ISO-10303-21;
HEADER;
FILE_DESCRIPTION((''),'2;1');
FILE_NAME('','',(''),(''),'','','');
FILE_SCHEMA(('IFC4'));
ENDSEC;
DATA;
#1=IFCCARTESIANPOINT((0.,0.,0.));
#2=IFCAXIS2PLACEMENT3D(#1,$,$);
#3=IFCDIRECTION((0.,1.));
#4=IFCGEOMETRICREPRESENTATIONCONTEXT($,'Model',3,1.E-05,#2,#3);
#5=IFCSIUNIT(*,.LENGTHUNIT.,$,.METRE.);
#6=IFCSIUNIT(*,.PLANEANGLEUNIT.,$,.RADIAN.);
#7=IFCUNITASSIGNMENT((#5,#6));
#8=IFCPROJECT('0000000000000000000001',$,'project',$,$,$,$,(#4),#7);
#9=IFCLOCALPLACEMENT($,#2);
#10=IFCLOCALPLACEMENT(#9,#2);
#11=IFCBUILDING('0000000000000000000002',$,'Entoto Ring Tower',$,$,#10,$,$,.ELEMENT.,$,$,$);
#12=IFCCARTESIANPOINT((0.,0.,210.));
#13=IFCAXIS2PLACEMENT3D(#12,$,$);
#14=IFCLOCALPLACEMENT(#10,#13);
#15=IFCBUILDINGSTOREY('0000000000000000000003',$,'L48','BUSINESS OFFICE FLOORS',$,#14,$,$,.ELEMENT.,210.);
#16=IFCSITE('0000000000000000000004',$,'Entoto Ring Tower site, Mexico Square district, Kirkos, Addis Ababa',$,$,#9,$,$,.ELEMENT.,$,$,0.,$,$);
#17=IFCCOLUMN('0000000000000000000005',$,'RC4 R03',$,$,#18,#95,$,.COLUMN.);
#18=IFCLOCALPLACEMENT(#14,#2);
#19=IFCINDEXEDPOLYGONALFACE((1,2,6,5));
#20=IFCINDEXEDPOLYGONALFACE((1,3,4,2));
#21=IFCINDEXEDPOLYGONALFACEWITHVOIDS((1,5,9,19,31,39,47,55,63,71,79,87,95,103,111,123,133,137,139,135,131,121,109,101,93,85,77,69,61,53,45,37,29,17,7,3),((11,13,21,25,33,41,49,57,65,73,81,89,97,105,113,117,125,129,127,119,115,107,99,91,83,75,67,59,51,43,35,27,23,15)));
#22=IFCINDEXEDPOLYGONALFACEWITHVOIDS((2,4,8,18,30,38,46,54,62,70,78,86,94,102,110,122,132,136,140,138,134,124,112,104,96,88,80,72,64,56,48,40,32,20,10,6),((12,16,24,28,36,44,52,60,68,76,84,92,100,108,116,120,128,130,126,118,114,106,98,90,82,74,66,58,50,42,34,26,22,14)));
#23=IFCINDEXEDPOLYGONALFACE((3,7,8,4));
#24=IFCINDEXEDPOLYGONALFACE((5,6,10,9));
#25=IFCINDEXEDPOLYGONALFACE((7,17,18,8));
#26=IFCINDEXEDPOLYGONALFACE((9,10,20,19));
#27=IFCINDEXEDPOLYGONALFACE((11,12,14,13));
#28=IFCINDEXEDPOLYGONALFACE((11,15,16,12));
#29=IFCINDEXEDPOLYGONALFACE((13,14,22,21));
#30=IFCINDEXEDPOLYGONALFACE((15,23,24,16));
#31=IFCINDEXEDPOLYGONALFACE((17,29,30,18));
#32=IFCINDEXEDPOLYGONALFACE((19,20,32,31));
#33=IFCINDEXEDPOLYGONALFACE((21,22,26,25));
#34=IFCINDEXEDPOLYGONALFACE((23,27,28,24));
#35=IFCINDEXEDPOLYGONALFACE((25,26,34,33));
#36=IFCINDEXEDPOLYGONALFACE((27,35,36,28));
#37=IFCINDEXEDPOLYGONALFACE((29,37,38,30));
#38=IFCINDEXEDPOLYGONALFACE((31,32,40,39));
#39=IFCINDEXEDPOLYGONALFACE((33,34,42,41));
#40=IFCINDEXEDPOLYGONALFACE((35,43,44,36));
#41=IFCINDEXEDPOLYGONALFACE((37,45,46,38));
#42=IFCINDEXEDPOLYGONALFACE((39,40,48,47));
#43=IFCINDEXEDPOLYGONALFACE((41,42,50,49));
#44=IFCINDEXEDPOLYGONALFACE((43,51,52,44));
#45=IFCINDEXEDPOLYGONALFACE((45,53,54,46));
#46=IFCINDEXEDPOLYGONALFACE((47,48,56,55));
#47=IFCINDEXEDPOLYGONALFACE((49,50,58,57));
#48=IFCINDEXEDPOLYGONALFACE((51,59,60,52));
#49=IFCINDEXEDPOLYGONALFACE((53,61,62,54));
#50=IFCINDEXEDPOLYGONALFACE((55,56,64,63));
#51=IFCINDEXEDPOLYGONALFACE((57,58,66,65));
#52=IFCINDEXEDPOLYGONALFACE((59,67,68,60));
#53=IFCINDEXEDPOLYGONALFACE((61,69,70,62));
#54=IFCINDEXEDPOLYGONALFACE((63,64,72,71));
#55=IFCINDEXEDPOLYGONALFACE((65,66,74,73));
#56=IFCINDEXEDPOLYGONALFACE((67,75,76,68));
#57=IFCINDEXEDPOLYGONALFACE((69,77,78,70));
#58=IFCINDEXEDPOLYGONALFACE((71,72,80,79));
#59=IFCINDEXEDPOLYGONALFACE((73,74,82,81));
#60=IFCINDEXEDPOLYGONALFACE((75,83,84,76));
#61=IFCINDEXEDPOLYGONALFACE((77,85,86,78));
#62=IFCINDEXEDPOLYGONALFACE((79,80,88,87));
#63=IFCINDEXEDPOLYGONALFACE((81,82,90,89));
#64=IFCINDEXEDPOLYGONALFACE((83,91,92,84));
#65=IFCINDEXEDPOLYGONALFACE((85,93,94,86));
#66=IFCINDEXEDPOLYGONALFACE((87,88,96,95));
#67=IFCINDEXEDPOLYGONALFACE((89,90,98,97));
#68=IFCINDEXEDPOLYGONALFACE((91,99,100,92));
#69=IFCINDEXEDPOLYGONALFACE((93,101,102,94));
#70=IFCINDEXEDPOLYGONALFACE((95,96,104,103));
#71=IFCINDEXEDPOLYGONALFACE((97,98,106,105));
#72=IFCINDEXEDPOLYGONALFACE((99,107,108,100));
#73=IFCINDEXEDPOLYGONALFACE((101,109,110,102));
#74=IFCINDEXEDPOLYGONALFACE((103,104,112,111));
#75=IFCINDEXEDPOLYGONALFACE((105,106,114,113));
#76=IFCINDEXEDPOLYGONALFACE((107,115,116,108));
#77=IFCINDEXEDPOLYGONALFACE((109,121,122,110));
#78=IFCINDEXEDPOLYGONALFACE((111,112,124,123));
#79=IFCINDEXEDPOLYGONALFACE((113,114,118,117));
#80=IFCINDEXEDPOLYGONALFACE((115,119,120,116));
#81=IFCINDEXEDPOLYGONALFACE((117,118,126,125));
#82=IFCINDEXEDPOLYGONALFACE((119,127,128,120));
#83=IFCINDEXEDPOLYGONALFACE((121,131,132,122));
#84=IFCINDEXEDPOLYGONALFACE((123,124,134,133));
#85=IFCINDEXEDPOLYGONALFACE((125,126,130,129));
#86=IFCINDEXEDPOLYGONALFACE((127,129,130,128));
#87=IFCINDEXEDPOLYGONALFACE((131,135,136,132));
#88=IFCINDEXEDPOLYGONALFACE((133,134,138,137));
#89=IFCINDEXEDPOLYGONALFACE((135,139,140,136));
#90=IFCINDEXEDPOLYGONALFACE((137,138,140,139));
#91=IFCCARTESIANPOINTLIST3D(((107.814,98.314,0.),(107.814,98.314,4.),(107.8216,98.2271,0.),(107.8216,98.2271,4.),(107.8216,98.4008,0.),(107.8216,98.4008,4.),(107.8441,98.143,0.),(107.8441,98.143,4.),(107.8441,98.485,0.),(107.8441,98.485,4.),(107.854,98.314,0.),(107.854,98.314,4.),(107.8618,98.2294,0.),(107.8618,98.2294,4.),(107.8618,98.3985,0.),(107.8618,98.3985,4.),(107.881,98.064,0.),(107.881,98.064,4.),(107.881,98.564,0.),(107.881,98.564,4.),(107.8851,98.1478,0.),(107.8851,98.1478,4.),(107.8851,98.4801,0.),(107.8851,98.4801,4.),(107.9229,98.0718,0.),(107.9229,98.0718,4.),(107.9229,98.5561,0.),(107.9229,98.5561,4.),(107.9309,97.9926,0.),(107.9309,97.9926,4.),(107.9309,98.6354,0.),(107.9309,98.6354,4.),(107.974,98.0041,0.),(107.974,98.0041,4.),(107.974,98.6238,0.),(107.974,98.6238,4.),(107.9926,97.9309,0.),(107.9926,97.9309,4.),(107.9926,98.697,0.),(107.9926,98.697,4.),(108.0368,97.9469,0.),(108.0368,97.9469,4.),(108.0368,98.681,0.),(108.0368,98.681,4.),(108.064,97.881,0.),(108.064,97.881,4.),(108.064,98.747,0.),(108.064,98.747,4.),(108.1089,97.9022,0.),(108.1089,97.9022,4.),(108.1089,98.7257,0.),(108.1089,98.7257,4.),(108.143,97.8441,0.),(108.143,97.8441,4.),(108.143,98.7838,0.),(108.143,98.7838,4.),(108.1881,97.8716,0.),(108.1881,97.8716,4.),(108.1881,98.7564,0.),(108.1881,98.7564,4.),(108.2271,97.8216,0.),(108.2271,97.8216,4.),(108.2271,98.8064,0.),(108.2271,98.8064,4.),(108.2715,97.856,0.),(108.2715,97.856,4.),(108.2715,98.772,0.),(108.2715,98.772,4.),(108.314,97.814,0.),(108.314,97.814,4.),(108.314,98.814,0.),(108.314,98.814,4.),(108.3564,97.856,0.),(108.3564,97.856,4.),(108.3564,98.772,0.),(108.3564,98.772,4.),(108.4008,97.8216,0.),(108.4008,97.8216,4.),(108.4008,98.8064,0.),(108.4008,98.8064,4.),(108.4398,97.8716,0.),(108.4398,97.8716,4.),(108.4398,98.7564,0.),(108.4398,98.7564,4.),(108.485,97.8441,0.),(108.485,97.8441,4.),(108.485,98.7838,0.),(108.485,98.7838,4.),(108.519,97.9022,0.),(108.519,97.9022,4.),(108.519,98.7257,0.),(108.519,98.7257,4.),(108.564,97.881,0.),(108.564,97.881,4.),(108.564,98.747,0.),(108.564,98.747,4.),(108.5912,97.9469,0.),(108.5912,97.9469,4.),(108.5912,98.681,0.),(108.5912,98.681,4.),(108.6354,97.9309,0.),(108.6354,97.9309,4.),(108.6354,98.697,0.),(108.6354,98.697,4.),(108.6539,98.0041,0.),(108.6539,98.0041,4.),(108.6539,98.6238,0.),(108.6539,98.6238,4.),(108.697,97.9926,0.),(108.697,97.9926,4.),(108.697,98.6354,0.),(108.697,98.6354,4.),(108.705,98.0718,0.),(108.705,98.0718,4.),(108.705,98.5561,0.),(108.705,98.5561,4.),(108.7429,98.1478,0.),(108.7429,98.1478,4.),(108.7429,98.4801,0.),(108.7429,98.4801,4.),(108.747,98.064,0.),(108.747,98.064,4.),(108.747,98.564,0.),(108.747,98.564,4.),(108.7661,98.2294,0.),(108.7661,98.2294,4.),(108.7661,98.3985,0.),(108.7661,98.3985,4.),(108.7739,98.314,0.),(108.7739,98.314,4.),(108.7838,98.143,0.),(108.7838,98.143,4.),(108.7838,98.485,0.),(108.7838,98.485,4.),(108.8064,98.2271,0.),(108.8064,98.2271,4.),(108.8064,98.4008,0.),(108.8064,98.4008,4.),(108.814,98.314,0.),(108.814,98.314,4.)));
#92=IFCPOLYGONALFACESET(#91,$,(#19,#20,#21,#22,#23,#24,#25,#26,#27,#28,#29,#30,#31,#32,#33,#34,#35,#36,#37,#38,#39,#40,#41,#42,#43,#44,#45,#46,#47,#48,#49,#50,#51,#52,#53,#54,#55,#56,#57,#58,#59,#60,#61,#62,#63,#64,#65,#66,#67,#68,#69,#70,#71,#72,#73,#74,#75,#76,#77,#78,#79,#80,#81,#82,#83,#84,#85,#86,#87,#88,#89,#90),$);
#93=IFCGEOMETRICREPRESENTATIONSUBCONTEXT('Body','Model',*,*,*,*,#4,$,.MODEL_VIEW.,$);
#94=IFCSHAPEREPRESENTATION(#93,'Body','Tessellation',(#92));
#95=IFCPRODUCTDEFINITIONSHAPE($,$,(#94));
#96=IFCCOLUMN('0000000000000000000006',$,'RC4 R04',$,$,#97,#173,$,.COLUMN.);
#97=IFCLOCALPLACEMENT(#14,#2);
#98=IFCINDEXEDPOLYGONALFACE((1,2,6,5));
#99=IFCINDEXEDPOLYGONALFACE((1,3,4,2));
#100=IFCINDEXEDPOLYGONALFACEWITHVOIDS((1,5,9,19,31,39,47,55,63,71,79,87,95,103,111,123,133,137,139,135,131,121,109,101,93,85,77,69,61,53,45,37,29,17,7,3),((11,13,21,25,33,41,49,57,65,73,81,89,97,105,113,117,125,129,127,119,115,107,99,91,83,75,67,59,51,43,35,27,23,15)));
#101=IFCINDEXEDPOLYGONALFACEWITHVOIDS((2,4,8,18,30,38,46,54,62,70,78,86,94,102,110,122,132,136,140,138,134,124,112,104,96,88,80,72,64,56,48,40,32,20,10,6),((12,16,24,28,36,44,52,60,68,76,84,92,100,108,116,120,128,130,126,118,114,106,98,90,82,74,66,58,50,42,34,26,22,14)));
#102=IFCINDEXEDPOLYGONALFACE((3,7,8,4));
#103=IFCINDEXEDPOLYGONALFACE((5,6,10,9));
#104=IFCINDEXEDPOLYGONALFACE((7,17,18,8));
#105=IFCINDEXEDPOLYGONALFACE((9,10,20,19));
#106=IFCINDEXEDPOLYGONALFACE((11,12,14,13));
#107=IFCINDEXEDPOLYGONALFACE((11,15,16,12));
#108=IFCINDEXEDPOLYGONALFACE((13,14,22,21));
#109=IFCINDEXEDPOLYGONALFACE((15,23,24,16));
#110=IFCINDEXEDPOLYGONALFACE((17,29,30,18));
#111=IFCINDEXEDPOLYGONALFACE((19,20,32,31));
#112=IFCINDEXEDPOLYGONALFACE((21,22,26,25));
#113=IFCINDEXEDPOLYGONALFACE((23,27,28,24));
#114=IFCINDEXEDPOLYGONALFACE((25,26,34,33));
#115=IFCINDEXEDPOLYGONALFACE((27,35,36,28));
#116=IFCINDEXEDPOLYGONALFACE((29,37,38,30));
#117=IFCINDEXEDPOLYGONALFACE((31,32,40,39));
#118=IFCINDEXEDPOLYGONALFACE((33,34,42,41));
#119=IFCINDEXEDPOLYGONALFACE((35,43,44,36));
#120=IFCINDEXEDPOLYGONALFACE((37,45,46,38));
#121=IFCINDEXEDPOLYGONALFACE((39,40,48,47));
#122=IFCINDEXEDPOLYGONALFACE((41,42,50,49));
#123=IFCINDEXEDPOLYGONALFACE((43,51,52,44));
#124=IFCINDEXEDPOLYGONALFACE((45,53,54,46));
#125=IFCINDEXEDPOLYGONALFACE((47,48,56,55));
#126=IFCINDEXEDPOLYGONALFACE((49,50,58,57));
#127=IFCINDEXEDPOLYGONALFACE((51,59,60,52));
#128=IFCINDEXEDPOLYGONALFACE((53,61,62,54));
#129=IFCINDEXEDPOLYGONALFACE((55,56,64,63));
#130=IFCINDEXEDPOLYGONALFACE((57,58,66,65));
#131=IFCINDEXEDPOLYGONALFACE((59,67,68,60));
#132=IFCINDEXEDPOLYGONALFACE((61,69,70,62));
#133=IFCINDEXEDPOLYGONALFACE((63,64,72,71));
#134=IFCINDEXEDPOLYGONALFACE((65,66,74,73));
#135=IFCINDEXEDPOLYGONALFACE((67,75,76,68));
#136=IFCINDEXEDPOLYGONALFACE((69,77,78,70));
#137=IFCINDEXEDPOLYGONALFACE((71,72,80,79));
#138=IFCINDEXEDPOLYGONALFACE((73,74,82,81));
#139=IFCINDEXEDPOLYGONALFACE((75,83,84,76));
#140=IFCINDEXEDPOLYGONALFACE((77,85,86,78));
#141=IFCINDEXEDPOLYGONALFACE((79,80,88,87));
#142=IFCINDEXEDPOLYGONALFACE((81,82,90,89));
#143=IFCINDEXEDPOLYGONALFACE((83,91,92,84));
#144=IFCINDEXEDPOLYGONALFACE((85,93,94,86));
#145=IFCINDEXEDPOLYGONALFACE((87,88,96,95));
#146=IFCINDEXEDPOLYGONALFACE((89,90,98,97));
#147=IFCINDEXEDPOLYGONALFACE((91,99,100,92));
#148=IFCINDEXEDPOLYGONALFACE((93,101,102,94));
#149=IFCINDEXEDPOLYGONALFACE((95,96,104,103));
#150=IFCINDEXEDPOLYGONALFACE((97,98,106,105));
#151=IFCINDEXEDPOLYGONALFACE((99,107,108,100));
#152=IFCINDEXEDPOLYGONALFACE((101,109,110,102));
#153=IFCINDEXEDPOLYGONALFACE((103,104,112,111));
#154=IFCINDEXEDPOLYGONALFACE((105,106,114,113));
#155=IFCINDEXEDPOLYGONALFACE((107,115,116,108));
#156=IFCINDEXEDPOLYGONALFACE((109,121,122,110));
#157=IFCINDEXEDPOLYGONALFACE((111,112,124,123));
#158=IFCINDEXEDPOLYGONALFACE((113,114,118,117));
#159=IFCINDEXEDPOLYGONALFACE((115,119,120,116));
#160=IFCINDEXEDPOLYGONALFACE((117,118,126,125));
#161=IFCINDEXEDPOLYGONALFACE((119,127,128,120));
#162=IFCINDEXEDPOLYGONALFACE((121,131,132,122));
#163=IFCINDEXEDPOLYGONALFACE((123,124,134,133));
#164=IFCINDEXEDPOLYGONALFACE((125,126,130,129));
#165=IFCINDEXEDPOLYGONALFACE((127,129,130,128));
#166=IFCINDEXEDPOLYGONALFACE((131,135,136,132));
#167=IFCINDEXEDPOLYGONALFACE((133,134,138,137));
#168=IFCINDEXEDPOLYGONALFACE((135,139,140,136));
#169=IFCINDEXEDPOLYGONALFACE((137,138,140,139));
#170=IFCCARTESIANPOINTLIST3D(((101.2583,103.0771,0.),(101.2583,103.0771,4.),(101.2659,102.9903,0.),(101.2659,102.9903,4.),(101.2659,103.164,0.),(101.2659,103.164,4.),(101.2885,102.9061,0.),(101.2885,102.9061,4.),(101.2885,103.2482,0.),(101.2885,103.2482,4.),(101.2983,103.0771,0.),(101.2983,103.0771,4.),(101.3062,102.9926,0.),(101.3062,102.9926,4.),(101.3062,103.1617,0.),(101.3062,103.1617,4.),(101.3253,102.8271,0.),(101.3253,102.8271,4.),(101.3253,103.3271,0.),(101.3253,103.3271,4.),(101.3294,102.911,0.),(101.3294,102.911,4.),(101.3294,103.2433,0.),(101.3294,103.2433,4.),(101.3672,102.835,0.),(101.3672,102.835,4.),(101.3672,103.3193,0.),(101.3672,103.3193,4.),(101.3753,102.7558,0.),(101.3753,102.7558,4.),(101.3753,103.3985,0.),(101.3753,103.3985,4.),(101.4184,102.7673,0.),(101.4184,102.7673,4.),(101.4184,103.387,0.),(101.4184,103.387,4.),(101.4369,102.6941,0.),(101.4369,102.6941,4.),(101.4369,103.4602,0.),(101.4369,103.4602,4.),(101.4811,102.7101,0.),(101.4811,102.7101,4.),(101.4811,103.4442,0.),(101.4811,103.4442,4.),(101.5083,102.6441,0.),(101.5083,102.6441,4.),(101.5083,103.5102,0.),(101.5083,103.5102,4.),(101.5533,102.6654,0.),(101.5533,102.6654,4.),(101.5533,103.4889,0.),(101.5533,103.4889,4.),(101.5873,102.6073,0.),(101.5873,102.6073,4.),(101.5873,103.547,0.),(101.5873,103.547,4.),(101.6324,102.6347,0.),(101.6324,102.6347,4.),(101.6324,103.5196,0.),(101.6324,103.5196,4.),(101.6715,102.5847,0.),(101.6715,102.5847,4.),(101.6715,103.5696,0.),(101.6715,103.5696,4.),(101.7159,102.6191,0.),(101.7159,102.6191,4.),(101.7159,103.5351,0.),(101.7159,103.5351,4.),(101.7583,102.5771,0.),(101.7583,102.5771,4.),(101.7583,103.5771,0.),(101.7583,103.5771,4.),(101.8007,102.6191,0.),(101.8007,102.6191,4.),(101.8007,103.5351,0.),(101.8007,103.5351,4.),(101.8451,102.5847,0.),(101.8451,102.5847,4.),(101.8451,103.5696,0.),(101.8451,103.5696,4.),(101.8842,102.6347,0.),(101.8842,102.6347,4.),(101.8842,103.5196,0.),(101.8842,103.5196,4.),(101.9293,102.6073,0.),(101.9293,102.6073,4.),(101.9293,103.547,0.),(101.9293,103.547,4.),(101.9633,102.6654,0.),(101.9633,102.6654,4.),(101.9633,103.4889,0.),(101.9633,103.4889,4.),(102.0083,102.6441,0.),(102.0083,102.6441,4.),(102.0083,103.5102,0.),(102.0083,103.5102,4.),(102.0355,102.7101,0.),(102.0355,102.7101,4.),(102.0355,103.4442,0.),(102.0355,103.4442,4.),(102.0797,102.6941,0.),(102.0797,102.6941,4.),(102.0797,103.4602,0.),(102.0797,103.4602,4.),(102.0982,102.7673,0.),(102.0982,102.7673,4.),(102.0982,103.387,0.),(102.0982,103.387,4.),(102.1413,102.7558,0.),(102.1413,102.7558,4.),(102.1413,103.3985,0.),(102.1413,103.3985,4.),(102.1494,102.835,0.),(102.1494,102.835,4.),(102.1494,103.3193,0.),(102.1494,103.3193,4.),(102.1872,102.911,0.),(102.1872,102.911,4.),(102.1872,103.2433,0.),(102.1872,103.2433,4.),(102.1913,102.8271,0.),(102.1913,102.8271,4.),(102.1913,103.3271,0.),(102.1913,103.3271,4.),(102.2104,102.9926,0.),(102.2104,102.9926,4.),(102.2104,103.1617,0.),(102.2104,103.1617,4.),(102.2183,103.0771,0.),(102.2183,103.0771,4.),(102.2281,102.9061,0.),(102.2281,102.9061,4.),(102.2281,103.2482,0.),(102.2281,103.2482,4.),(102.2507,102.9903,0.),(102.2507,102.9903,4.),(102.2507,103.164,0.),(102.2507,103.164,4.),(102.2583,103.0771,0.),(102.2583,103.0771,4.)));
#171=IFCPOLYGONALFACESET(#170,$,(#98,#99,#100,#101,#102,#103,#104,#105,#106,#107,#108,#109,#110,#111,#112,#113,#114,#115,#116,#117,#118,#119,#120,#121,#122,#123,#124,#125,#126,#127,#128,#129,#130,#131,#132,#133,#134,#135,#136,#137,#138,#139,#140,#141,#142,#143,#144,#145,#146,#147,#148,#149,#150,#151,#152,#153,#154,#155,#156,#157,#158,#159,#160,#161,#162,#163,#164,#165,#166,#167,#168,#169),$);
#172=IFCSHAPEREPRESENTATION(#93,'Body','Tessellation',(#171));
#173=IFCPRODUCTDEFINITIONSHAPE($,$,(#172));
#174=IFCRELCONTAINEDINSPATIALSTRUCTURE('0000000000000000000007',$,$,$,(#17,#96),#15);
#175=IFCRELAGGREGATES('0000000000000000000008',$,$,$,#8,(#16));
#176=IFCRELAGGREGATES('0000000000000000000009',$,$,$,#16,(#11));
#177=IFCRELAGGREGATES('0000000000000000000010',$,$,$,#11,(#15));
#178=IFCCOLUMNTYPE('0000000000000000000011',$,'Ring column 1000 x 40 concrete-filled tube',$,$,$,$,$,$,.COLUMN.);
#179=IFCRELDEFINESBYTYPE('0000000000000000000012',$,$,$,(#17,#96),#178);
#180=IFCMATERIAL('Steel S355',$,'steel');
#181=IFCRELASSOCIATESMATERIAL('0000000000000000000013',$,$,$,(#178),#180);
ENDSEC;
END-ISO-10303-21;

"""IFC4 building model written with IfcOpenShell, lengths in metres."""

from ifc_helpers import new_model, si_unit, direction, frame, origin, origin_2d, place, context, subcontext, project, spatial, circle, hollow_circle, extrude, material, material_profile, profile_set, type_object, element, save


model = new_model("IFC4")

# Units and contexts
model_context = context("Model", 3, precision=1e-05, world=origin(), true_north=direction((0.0, 1.0)))
body_context = subcontext(model_context, "Body", "Model", "MODEL_VIEW")
ifc_project = project(units=[si_unit("LENGTHUNIT", "METRE"), si_unit("PLANEANGLEUNIT", "RADIAN")], contexts=[model_context])

# Site, building, storey
site_placement = place(None, origin())
site = spatial("IfcSite", under=ifc_project, at=site_placement, Name="Entoto Ring Tower site, Mexico Square district, Kirkos, Addis Ababa", CompositionType="ELEMENT", RefElevation=0.0)
building_placement = place(site_placement, origin())
building = spatial("IfcBuilding", under=site, at=building_placement, Name="Entoto Ring Tower", CompositionType="ELEMENT")
storey_placement = place(building_placement, frame((0.0, 0.0, 210.0)))
storey = spatial("IfcBuildingStorey", under=building, at=storey_placement, Name="L48", Description="BUSINESS OFFICE FLOORS", CompositionType="ELEMENT", Elevation=210.0)

# Columns
ifc_material_1 = material(Name="Steel S355", Category="steel")
ifc_material_profile_1 = material_profile(ifc_material_1, hollow_circle(Radius=0.5, WallThickness=0.04, at=origin_2d()), Name="CHS 1000 x 40")
ifc_material_2 = material(Name="Concrete C60/75", Category="concrete")
ifc_material_profile_2 = material_profile(ifc_material_2, circle(Radius=0.46, at=origin_2d()), Name="Concrete C60/75 infill")
ifc_profile_set_1 = profile_set([ifc_material_profile_1, ifc_material_profile_2], Name="Steel S355")
column_type = type_object("IfcColumnType", Name="Ring column 1000 x 40 concrete-filled tube", PredefinedType="COLUMN", material=ifc_profile_set_1)
for number, where, z_axis, x_axis, name in (
    (1, (108.314, 98.314, 0.0), (0.0, 0.0, 1.0), (1.0, 0.0, 0.0), "RC4 R03"),
    (2, (101.7583, 103.0771, 0.0), (0.0, 0.0, 1.0), (1.0, 0.0, 0.0), "RC4 R04"),
):
    element("IfcColumn", number, at=place(storey_placement, frame(where, z_axis=z_axis, x_axis=x_axis)), inside=storey, type_object=column_type, Name=name, PredefinedType="COLUMN", context=body_context, shape_type="SweptSolid", body=[
        extrude(hollow_circle(Radius=0.5, WallThickness=0.04, at=origin_2d()), origin(), (0.0, 0.0, 1.0), 4.0),
    ])

save(model, "model.ifc")
